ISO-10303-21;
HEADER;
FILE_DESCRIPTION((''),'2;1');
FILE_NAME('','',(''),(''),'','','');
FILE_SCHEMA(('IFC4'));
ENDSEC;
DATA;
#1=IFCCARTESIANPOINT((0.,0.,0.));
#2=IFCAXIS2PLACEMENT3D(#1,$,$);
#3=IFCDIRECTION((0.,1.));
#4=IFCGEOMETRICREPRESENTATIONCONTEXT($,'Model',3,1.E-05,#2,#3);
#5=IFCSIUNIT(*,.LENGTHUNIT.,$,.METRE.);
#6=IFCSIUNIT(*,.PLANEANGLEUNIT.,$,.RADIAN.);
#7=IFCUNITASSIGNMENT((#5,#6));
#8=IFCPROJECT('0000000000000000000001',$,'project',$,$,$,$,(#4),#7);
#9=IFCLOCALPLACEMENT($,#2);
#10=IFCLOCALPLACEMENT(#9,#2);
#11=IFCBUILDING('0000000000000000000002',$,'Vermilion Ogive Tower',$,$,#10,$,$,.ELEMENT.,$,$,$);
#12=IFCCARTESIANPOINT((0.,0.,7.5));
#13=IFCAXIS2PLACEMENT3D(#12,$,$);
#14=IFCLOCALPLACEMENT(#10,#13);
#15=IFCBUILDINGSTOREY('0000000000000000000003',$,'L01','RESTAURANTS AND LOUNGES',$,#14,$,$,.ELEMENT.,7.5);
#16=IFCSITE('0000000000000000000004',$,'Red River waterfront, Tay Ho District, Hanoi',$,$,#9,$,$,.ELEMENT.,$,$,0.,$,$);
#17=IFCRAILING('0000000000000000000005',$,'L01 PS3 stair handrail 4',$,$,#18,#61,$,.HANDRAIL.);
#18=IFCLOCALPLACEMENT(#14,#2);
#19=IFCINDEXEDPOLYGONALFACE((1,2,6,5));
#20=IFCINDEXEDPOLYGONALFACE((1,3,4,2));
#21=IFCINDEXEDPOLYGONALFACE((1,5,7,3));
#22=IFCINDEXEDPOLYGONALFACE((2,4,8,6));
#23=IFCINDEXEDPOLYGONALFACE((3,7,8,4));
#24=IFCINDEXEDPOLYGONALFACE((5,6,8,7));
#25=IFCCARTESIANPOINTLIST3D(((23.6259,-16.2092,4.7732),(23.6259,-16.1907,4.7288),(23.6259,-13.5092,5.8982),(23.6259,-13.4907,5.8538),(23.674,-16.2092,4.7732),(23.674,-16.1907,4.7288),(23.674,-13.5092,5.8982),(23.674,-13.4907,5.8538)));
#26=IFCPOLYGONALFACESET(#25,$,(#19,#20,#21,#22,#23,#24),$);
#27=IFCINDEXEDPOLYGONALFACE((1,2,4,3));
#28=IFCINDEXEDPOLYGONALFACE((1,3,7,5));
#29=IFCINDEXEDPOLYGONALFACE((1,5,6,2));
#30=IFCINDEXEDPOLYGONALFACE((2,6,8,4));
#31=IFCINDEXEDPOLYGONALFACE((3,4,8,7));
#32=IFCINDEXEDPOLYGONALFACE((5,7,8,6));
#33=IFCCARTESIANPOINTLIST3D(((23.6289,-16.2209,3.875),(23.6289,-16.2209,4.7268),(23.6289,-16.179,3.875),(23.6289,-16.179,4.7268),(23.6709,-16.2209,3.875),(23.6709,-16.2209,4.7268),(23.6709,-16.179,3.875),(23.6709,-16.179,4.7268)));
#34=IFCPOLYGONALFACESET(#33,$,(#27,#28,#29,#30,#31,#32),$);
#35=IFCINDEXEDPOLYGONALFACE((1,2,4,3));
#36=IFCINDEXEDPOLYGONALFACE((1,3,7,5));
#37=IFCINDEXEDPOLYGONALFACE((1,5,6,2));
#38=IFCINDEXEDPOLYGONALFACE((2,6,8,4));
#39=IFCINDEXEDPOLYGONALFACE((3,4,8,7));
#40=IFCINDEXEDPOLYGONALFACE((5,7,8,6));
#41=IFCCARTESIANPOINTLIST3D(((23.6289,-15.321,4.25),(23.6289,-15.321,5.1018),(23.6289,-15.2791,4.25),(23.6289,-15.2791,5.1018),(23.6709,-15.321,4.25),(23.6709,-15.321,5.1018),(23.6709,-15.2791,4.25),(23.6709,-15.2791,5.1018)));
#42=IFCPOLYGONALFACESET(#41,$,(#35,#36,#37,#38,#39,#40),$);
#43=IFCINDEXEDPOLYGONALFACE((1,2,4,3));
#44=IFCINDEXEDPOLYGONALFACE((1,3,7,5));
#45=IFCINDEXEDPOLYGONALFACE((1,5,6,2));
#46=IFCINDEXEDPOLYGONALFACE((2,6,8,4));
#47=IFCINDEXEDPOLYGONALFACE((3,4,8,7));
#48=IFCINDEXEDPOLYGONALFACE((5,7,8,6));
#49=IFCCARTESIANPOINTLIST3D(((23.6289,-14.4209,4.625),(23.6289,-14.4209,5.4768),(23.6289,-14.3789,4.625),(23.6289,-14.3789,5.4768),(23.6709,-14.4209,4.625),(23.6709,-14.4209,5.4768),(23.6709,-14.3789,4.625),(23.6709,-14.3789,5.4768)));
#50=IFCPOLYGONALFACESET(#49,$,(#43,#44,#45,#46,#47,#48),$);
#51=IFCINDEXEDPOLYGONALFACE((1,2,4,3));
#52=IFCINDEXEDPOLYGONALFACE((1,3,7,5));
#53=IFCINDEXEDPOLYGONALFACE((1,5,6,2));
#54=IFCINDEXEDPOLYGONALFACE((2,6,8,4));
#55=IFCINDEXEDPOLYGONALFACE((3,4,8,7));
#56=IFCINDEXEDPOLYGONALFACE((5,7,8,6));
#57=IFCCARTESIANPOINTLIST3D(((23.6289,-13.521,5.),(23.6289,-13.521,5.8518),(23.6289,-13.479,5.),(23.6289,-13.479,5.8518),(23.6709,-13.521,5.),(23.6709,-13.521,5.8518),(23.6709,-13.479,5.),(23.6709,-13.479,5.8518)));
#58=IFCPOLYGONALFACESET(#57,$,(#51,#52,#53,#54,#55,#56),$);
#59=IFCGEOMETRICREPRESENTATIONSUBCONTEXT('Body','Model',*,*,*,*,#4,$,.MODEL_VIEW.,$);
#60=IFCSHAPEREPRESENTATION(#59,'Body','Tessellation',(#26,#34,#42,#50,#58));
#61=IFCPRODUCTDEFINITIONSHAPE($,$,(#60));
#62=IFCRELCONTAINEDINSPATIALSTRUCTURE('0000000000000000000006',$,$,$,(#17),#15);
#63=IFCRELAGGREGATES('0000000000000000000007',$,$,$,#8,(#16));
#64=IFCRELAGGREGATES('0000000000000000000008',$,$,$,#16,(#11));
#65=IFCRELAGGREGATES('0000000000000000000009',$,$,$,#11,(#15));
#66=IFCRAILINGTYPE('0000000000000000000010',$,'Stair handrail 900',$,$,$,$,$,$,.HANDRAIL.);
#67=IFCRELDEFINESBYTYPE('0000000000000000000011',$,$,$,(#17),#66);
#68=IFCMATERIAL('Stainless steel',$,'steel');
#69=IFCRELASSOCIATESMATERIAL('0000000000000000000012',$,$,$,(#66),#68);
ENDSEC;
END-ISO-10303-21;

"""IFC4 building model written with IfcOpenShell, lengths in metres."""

from ifc_helpers import new_model, si_unit, direction, frame, origin, origin_2d, place, context, subcontext, project, spatial, rectangle, extrude, material, type_object, element, save


model = new_model("IFC4")

# Units and contexts
model_context = context("Model", 3, precision=1e-05, world=origin(), true_north=direction((0.0, 1.0)))
body_context = subcontext(model_context, "Body", "Model", "MODEL_VIEW")
ifc_project = project(units=[si_unit("LENGTHUNIT", "METRE"), si_unit("PLANEANGLEUNIT", "RADIAN")], contexts=[model_context])

# Site, building, storey
site_placement = place(None, origin())
site = spatial("IfcSite", under=ifc_project, at=site_placement, Name="Red River waterfront, Tay Ho District, Hanoi", CompositionType="ELEMENT", RefElevation=0.0)
building_placement = place(site_placement, origin())
building = spatial("IfcBuilding", under=site, at=building_placement, Name="Vermilion Ogive Tower", CompositionType="ELEMENT")
storey_placement = place(building_placement, frame((0.0, 0.0, 7.5)))
storey = spatial("IfcBuildingStorey", under=building, at=storey_placement, Name="L01", Description="RESTAURANTS AND LOUNGES", CompositionType="ELEMENT", Elevation=7.5)

# Railing
ifc_material_1 = material(Name="Stainless steel", Category="steel")
railing_type_1 = type_object("IfcRailingType", Name="Stair handrail 900", PredefinedType="HANDRAIL", material=ifc_material_1)
railing_1_placement = place(storey_placement, frame((23.6499, -16.2, 3.875)))
element("IfcRailing", 1, at=railing_1_placement, inside=storey, type_object=railing_type_1, Name="L01 PS3 stair handrail 4", PredefinedType="HANDRAIL", context=body_context, shape_type="SweptSolid", body=[
    extrude(rectangle(XDim=0.0481, YDim=0.0481, at=origin_2d()), frame((0.0, 0.0, 0.876), z_axis=(0.0, 0.923074, 0.384621), x_axis=(-1.0, 0.0, 0.0)), (0.0, 0.0, 1.0), 2.925),
    extrude(rectangle(XDim=0.042, YDim=0.042, at=origin_2d()), origin(), (0.0, 0.0, 1.0), 0.8518),
    extrude(rectangle(XDim=0.042, YDim=0.042, at=origin_2d()), frame((0.0, 0.8999, 0.375)), (0.0, 0.0, 1.0), 0.8518),
    extrude(rectangle(XDim=0.042, YDim=0.042, at=origin_2d()), frame((0.0, 1.8, 0.75)), (0.0, 0.0, 1.0), 0.8518),
    extrude(rectangle(XDim=0.042, YDim=0.042, at=origin_2d()), frame((0.0, 2.7, 1.125)), (0.0, 0.0, 1.0), 0.8518),
])

save(model, "model.ifc")
